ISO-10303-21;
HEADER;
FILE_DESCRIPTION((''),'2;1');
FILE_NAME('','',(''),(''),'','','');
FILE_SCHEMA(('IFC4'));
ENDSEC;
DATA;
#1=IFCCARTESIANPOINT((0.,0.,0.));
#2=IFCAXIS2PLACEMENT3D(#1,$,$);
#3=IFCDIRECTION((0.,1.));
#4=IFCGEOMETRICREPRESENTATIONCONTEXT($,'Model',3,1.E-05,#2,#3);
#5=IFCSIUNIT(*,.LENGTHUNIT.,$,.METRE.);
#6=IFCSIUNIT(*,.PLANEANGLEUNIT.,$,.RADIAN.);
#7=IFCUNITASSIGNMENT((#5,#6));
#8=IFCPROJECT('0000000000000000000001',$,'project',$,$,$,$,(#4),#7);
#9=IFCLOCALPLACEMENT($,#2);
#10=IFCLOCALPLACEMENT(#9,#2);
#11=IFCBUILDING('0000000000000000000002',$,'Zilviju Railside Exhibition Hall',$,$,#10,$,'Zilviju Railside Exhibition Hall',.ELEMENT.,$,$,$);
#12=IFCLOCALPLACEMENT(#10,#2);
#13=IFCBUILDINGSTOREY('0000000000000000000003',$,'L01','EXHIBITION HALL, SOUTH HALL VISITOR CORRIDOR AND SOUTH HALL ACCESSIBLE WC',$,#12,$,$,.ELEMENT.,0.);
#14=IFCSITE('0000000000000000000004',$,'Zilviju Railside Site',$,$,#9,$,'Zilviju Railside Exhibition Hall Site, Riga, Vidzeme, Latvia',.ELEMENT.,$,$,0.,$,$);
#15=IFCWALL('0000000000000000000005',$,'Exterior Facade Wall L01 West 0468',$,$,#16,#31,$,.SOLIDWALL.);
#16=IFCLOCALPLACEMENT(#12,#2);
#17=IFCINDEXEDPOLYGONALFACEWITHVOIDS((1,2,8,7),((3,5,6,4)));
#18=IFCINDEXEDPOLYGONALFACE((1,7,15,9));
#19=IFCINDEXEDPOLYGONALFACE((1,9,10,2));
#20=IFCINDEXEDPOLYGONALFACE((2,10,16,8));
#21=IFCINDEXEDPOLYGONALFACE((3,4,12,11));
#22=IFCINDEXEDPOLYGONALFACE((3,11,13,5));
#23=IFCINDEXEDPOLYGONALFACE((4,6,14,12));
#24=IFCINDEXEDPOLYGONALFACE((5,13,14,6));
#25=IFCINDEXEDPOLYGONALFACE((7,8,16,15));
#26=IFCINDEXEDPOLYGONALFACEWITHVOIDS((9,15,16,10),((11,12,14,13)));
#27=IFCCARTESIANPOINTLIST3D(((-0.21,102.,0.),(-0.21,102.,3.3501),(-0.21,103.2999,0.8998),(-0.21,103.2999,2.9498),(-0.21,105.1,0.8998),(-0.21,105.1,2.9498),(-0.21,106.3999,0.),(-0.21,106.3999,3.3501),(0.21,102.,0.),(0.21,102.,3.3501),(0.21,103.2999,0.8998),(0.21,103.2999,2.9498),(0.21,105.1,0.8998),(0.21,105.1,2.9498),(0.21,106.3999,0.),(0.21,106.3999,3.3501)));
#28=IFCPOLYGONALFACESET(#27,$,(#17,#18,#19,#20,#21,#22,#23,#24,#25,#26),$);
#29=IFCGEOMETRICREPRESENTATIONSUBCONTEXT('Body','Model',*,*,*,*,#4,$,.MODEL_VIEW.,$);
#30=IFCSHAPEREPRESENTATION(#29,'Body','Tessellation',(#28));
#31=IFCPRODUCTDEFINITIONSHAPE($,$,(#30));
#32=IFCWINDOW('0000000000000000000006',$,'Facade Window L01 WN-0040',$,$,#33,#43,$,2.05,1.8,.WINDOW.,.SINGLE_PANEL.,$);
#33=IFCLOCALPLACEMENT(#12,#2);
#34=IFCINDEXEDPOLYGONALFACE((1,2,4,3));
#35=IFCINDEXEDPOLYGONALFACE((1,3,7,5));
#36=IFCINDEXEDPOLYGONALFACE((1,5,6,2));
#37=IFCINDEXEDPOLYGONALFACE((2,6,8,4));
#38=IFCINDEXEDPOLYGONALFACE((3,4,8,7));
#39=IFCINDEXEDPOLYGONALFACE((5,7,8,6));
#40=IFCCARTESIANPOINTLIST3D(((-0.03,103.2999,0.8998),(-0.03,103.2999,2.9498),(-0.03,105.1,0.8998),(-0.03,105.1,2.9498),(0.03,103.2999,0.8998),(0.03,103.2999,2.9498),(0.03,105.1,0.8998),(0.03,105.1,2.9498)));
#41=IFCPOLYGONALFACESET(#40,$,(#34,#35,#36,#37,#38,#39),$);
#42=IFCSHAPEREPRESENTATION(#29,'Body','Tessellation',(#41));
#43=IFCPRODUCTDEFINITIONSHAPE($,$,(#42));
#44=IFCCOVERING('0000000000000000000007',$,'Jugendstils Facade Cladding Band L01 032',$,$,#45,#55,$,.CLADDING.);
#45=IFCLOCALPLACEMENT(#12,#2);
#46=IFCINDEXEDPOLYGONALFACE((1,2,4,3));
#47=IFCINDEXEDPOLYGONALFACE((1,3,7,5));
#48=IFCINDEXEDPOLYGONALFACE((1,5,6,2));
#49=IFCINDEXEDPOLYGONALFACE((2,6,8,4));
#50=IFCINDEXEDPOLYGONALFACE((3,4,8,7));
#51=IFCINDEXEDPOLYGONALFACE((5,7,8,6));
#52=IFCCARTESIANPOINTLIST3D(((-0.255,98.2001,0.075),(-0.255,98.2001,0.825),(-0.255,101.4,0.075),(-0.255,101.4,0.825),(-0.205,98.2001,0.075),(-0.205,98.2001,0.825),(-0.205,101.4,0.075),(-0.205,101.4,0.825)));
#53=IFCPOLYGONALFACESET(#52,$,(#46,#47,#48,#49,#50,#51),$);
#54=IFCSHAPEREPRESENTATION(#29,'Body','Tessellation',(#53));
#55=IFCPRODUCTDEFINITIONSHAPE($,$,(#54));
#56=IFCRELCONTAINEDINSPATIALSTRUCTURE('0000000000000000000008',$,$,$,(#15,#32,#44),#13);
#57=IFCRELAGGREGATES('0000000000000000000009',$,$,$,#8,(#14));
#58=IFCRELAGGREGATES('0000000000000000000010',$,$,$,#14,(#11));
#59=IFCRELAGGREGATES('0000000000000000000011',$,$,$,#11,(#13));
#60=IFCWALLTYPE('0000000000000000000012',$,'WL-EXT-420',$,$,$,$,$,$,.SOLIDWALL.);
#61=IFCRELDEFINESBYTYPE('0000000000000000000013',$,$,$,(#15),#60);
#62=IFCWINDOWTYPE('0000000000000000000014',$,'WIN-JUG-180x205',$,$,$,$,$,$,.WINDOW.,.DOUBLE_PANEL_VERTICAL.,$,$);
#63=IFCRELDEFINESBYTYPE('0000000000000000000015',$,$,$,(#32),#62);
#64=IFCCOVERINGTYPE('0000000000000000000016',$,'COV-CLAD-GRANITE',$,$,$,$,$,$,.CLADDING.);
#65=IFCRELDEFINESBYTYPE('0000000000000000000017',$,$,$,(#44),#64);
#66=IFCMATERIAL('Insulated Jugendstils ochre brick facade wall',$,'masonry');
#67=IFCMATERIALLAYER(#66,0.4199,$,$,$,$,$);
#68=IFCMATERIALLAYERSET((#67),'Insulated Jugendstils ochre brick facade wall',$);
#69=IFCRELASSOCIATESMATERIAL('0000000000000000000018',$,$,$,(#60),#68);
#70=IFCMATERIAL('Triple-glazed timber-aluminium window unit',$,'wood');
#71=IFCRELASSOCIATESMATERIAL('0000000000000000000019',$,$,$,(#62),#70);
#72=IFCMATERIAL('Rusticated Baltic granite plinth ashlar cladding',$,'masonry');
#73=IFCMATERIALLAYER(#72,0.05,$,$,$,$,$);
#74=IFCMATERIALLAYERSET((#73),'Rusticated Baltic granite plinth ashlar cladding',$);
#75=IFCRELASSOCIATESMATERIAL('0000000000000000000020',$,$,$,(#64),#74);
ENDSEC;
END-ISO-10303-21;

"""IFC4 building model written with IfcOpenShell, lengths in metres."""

from ifc_helpers import new_model, si_unit, direction, frame, frame_2d, origin, origin_2d, place, context, subcontext, project, spatial, rectangle, extrude, material, layer, layer_set, type_object, element, fill, save


model = new_model("IFC4")

# Units and contexts
model_context = context("Model", 3, precision=1e-05, world=origin(), true_north=direction((0.0, 1.0)))
body_context = subcontext(model_context, "Body", "Model", "MODEL_VIEW")
ifc_project = project(units=[si_unit("LENGTHUNIT", "METRE"), si_unit("PLANEANGLEUNIT", "RADIAN")], contexts=[model_context])

# Site, building, storey
site_placement = place(None, origin())
site = spatial("IfcSite", under=ifc_project, at=site_placement, Name="Zilviju Railside Site", LongName="Zilviju Railside Exhibition Hall Site, Riga, Vidzeme, Latvia", CompositionType="ELEMENT", RefElevation=0.0)
building_placement = place(site_placement, origin())
building = spatial("IfcBuilding", under=site, at=building_placement, Name="Zilviju Railside Exhibition Hall", LongName="Zilviju Railside Exhibition Hall", CompositionType="ELEMENT")
storey_placement = place(building_placement, origin())
storey = spatial("IfcBuildingStorey", under=building, at=storey_placement, Name="L01", Description="EXHIBITION HALL, SOUTH HALL VISITOR CORRIDOR AND SOUTH HALL ACCESSIBLE WC", CompositionType="ELEMENT", Elevation=0.0)

# Wall, opening, window
ifc_material_1 = material(Name="Insulated Jugendstils ochre brick facade wall", Category="masonry")
ifc_layer_1 = layer(ifc_material_1, 0.4199)
ifc_layer_set_1 = layer_set([ifc_layer_1], Name="Insulated Jugendstils ochre brick facade wall")
wall_type_1 = type_object("IfcWallType", Name="WL-EXT-420", PredefinedType="SOLIDWALL", material=ifc_layer_set_1)
ifc_material_2 = material(Name="Triple-glazed timber-aluminium window unit", Category="wood")
window_type = type_object("IfcWindowType", Name="WIN-JUG-180x205", PartitioningType="DOUBLE_PANEL_VERTICAL", PredefinedType="WINDOW", material=ifc_material_2)
wall_1_placement = place(storey_placement, frame((0.0, 102.0, 0.0), z_axis=(0.0, 0.0, 1.0), x_axis=(0.0, 1.0, 0.0)))
wall_1 = element("IfcWall", 1, at=wall_1_placement, inside=storey, type_object=wall_type_1, Name="Exterior Facade Wall L01 West 0468", PredefinedType="SOLIDWALL", context=body_context, shape_type="SweptSolid", body=[
    extrude(rectangle(XDim=4.3999, YDim=0.4199, at=frame_2d((2.2, 0.0))), origin(), (0.0, 0.0, 1.0), 3.3501),
])
opening_1_placement = place(wall_1_placement, frame((1.3, 0.0, 0.8999)))
opening_1 = element("IfcOpeningElement", 2, at=opening_1_placement, cuts=wall_1, PredefinedType="OPENING", context=body_context, shape_type="SweptSolid", body=[
    extrude(rectangle(XDim=1.8, YDim=2.05, at=frame_2d((0.8999, 1.0249))), frame((0.0, 0.22, 0.0), z_axis=(0.0, -1.0, 0.0), x_axis=(1.0, 0.0, 0.0)), (0.0, 0.0, 1.0), 0.4399),
])
window_1_placement = place(opening_1_placement, origin())
window_1 = element("IfcWindow", 3, at=window_1_placement, inside=storey, type_object=window_type, Name="Facade Window L01 WN-0040", OverallHeight=2.05, OverallWidth=1.8, PartitioningType="SINGLE_PANEL", PredefinedType="WINDOW", context=body_context, shape_type="SweptSolid", body=[
    extrude(rectangle(XDim=1.8, YDim=2.05, at=frame_2d((0.8999, 1.0249))), frame((0.0, 0.03, 0.0), z_axis=(0.0, -1.0, 0.0), x_axis=(1.0, 0.0, 0.0)), (0.0, 0.0, 1.0), 0.0601),
])
fill(opening_1, window_1)

# Covering
ifc_material_3 = material(Name="Rusticated Baltic granite plinth ashlar cladding", Category="masonry")
ifc_layer_2 = layer(ifc_material_3, 0.05)
ifc_layer_set_2 = layer_set([ifc_layer_2], Name="Rusticated Baltic granite plinth ashlar cladding")
covering_type = type_object("IfcCoveringType", Name="COV-CLAD-GRANITE", PredefinedType="CLADDING", material=ifc_layer_set_2)
covering_placement = place(storey_placement, frame((-0.23, 99.8, 0.075), z_axis=(0.0, 0.0, 1.0), x_axis=(0.0, 1.0, 0.0)))
element("IfcCovering", 4, at=covering_placement, inside=storey, type_object=covering_type, Name="Jugendstils Facade Cladding Band L01 032", PredefinedType="CLADDING", context=body_context, shape_type="SweptSolid", body=[
    extrude(rectangle(XDim=3.2, YDim=0.05, at=origin_2d()), origin(), (0.0, 0.0, 1.0), 0.75),
])

save(model, "model.ifc")
